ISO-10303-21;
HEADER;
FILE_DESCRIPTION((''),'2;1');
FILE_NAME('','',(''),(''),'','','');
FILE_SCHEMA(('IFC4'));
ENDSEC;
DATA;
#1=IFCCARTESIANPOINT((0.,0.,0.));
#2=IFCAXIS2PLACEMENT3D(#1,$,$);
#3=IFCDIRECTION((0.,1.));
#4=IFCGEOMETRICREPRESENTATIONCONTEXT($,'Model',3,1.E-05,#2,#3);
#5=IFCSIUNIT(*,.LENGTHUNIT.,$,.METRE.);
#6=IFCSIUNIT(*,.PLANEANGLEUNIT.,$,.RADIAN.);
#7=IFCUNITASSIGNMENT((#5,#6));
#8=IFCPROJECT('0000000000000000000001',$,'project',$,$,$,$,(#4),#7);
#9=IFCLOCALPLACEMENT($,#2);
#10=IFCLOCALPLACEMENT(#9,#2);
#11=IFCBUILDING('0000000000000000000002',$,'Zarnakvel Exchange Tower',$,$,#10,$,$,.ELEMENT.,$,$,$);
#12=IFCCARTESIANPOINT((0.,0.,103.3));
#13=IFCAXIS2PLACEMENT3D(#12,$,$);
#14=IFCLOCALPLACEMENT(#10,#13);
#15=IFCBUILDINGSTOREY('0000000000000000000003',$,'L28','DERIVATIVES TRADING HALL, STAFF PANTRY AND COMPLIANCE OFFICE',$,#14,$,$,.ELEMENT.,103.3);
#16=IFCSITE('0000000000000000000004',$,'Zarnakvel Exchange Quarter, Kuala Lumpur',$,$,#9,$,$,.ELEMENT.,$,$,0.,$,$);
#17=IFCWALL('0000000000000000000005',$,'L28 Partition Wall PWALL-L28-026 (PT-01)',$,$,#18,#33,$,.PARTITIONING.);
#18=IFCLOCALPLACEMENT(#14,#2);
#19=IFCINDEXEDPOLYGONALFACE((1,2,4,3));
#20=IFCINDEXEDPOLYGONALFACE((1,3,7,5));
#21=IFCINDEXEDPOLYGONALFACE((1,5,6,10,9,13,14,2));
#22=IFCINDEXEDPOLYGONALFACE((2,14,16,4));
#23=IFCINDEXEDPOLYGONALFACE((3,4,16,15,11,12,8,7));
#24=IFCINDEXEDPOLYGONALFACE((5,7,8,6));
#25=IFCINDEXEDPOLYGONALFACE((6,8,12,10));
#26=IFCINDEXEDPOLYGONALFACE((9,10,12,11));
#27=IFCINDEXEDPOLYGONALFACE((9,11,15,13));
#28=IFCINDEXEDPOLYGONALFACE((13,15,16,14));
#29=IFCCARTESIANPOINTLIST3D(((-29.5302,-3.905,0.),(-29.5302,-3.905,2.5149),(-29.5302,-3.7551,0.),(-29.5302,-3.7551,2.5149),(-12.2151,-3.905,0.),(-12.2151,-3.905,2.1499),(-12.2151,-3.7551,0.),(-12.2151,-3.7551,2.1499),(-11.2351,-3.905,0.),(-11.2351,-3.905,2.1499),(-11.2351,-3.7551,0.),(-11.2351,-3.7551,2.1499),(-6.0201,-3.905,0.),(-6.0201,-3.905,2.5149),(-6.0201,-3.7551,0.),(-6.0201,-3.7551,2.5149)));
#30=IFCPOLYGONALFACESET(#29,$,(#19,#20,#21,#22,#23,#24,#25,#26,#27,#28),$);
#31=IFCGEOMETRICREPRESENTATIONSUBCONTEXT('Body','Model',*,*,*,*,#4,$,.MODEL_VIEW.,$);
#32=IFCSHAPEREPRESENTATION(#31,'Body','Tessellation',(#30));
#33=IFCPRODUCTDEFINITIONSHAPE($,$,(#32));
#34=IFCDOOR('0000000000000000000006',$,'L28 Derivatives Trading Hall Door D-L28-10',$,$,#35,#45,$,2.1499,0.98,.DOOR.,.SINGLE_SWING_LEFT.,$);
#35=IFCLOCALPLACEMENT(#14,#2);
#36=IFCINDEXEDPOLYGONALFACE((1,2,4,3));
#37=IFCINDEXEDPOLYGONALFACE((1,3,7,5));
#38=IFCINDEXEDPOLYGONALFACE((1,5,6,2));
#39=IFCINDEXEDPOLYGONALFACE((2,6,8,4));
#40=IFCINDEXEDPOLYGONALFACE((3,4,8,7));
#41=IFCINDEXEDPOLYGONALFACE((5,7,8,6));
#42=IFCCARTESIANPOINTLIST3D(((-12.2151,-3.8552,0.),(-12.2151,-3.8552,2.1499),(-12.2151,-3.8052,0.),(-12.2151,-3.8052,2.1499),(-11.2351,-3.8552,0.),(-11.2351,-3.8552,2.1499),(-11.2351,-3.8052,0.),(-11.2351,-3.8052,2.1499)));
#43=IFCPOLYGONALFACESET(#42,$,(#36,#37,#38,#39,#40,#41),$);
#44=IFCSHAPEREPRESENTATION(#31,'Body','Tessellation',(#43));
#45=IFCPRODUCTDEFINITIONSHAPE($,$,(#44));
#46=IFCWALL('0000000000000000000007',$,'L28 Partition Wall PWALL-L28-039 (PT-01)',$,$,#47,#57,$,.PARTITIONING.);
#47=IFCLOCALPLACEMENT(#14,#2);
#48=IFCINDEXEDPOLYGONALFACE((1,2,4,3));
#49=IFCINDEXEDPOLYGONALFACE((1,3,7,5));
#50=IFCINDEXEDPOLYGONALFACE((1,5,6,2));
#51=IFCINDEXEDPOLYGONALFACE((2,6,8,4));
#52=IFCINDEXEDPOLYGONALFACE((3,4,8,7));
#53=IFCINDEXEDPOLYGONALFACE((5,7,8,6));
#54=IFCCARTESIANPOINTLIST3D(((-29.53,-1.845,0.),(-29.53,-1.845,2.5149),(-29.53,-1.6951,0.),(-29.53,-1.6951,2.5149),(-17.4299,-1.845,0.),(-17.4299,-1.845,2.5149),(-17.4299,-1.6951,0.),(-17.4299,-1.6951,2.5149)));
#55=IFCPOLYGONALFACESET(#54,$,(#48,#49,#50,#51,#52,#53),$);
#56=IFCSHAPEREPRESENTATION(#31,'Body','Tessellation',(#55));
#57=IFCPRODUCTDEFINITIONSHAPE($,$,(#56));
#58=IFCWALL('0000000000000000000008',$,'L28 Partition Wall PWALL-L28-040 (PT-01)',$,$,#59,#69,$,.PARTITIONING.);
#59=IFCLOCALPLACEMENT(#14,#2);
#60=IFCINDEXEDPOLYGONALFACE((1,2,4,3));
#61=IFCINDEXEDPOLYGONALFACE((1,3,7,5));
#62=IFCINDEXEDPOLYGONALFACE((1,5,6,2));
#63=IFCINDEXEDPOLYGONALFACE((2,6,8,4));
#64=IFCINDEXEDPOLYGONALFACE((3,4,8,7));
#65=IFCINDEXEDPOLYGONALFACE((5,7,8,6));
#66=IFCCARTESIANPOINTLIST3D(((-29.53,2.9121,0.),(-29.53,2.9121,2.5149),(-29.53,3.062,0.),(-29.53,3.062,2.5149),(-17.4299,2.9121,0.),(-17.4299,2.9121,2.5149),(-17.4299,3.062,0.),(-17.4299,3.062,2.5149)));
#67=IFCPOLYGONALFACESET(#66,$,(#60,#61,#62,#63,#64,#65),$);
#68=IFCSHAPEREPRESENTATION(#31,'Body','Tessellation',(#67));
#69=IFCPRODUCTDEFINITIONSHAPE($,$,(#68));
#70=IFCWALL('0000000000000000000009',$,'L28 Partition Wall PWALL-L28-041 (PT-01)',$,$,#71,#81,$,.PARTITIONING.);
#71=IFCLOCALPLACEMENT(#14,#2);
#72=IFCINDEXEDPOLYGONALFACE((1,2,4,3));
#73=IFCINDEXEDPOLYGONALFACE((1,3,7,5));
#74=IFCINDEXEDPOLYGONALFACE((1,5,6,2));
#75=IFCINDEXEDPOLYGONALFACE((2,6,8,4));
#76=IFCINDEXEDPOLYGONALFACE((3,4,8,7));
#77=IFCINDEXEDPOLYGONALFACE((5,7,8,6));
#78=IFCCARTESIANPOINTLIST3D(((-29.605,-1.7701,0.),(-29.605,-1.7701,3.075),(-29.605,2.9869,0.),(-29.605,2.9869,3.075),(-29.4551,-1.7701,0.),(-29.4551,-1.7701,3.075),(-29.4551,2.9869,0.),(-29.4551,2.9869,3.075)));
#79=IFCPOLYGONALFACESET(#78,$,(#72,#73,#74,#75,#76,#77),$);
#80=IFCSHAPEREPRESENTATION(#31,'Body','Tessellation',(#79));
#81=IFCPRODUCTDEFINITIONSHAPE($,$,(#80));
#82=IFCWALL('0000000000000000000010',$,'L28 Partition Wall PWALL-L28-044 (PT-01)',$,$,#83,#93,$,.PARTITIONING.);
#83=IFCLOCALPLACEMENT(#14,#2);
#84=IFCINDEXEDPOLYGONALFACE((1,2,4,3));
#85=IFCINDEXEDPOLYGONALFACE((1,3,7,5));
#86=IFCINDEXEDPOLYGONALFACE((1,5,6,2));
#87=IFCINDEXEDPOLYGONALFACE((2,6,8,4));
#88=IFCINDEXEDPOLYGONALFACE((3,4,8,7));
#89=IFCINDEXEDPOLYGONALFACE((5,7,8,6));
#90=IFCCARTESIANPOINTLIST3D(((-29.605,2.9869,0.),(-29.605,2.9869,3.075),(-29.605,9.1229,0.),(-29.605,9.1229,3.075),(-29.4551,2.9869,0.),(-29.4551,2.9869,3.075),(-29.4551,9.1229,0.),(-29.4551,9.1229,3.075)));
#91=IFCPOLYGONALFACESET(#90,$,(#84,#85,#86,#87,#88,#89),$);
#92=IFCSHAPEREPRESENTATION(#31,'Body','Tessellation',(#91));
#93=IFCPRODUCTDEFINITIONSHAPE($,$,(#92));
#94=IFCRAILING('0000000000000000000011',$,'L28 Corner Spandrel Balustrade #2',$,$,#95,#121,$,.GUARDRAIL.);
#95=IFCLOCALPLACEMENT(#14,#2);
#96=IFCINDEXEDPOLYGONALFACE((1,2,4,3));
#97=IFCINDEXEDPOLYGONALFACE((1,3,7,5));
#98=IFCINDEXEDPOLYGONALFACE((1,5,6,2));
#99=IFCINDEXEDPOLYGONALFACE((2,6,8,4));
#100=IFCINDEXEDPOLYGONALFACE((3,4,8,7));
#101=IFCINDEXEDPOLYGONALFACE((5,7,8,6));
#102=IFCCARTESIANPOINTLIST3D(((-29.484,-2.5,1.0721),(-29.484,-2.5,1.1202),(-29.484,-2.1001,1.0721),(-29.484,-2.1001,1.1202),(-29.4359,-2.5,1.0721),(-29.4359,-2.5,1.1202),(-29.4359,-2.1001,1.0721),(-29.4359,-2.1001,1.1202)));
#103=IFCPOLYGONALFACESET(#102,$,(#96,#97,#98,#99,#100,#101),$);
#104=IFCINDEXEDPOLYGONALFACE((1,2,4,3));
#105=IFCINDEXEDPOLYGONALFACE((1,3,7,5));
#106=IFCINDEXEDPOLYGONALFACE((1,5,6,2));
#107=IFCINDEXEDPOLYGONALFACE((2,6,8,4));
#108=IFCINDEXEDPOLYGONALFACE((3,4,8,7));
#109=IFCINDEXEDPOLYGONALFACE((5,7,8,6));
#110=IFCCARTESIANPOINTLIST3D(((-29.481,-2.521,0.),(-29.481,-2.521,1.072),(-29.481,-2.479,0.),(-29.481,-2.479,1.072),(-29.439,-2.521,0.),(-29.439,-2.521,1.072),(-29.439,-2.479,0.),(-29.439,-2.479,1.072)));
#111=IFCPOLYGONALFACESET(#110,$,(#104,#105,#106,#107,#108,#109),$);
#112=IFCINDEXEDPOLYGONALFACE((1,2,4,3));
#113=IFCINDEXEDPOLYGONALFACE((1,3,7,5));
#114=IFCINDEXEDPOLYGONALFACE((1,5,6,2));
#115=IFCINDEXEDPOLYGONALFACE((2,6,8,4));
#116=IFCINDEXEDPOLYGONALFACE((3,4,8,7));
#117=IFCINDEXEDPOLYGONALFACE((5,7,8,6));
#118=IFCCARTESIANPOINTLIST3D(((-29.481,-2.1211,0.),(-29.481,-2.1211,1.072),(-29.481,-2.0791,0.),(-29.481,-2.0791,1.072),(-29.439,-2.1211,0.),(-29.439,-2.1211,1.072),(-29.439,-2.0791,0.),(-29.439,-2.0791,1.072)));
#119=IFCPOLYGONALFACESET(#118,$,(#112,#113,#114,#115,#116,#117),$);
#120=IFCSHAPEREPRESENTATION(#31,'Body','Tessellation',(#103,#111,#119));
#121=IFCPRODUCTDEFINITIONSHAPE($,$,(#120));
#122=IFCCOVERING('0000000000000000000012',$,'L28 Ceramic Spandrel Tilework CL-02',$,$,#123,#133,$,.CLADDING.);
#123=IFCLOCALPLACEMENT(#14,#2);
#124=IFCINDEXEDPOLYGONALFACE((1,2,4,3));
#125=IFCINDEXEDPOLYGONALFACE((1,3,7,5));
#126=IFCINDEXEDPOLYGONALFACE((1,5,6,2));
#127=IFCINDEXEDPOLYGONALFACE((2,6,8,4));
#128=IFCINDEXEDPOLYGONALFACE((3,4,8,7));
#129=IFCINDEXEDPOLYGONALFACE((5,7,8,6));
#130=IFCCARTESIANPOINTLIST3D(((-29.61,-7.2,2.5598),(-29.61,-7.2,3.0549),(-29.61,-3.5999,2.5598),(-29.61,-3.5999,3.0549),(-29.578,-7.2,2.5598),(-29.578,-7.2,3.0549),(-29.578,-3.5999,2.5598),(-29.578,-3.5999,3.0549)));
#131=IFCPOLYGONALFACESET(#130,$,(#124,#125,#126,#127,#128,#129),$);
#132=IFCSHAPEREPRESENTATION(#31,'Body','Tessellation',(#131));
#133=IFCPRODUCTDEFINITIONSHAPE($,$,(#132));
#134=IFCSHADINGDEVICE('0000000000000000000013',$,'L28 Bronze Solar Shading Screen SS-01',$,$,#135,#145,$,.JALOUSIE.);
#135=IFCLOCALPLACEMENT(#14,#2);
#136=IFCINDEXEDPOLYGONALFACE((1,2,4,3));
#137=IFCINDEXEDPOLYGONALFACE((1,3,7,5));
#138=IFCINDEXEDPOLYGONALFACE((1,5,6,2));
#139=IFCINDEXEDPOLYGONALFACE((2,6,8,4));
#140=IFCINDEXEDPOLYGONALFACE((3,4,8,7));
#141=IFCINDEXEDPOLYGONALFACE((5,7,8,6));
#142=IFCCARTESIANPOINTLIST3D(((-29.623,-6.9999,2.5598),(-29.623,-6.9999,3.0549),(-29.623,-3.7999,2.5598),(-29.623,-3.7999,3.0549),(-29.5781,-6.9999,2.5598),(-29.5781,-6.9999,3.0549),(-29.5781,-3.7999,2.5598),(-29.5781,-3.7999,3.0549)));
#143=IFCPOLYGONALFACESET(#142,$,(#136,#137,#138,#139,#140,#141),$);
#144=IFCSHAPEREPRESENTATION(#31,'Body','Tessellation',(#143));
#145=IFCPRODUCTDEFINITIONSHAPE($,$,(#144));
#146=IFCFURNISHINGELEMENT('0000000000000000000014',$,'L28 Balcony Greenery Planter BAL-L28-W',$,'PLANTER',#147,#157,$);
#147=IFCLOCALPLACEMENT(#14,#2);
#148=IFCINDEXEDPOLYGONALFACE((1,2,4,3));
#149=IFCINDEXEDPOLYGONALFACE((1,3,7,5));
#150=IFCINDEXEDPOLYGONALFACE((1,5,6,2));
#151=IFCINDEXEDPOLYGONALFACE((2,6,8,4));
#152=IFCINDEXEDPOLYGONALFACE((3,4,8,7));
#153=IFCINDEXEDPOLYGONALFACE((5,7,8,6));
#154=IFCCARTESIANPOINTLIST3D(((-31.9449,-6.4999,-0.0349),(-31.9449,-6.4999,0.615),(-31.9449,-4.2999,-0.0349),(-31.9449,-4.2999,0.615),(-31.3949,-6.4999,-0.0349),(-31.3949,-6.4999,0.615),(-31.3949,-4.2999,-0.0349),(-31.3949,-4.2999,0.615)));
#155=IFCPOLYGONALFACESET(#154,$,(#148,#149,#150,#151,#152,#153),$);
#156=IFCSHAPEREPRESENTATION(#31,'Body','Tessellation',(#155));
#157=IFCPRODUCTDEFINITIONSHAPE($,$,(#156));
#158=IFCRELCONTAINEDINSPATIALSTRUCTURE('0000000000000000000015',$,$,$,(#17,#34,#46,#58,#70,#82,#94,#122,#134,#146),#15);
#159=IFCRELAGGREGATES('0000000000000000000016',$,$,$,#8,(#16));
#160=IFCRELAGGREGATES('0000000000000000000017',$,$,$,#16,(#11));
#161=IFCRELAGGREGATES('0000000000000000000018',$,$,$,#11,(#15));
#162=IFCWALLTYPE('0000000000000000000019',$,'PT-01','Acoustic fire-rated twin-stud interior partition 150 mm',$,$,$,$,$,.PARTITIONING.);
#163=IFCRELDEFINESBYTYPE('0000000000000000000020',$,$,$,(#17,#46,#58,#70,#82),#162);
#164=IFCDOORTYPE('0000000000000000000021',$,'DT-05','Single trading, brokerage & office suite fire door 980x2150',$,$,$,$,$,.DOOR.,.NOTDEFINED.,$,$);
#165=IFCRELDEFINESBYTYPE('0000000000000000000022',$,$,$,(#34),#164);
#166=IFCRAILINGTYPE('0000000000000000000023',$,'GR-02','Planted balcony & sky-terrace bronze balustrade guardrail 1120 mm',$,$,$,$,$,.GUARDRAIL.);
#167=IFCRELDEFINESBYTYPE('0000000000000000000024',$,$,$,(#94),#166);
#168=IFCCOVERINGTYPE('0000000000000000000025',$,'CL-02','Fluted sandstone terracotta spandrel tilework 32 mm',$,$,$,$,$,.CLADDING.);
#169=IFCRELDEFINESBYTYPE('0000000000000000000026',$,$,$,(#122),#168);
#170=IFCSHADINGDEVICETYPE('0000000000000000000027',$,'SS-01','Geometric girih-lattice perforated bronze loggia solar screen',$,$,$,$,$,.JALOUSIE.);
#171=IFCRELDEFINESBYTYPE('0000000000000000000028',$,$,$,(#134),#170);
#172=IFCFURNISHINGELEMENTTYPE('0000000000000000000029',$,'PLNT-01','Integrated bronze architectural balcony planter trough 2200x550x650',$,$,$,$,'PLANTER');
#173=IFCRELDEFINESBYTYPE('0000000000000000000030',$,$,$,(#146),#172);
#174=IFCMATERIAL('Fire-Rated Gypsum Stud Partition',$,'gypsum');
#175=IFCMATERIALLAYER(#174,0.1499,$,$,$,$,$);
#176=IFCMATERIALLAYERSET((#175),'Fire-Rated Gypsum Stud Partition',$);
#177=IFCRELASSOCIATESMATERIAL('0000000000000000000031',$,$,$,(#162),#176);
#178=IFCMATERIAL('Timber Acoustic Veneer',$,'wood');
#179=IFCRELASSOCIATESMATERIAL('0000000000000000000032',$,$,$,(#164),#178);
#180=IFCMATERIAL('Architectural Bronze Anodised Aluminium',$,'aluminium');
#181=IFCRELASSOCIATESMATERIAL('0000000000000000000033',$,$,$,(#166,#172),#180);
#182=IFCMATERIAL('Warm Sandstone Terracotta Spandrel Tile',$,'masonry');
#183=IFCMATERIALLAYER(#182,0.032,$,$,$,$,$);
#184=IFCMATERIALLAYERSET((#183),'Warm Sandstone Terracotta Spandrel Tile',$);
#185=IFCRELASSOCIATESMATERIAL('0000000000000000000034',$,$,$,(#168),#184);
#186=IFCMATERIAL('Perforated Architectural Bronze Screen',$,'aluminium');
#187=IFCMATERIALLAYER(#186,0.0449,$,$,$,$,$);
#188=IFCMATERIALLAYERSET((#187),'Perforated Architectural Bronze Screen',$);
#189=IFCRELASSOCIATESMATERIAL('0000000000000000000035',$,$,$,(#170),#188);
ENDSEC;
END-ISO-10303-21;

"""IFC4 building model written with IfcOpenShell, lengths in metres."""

from ifc_helpers import new_model, si_unit, direction, frame, frame_2d, origin, origin_2d, place, context, subcontext, project, spatial, rectangle, extrude, source, transform, mapped, material, layer, layer_set, type_object, element, fill, save


model = new_model("IFC4")

# Units and contexts
model_context = context("Model", 3, precision=1e-05, world=origin(), true_north=direction((0.0, 1.0)))
body_context = subcontext(model_context, "Body", "Model", "MODEL_VIEW")
ifc_project = project(units=[si_unit("LENGTHUNIT", "METRE"), si_unit("PLANEANGLEUNIT", "RADIAN")], contexts=[model_context])

# Site, building, storey
site_placement = place(None, origin())
site = spatial("IfcSite", under=ifc_project, at=site_placement, Name="Zarnakvel Exchange Quarter, Kuala Lumpur", CompositionType="ELEMENT", RefElevation=0.0)
building_placement = place(site_placement, origin())
building = spatial("IfcBuilding", under=site, at=building_placement, Name="Zarnakvel Exchange Tower", CompositionType="ELEMENT")
storey_placement = place(building_placement, frame((0.0, 0.0, 103.3)))
storey = spatial("IfcBuildingStorey", under=building, at=storey_placement, Name="L28", Description="DERIVATIVES TRADING HALL, STAFF PANTRY AND COMPLIANCE OFFICE", CompositionType="ELEMENT", Elevation=103.3)

# Shared definitions
ifc_material_1 = material(Name="Architectural Bronze Anodised Aluminium", Category="aluminium")

# Wall, opening, door
ifc_material_2 = material(Name="Fire-Rated Gypsum Stud Partition", Category="gypsum")
ifc_layer_1 = layer(ifc_material_2, 0.1499)
ifc_layer_set_1 = layer_set([ifc_layer_1], Name="Fire-Rated Gypsum Stud Partition")
wall_type_1 = type_object("IfcWallType", Name="PT-01", Description="Acoustic fire-rated twin-stud interior partition 150 mm", PredefinedType="PARTITIONING", material=ifc_layer_set_1)
wall_1_placement = place(storey_placement, frame((-29.53, -3.8301, 0.0), z_axis=(0.0, 0.0, 1.0), x_axis=(1.0, 0.0, 0.0)))
wall_1 = element("IfcWall", 1, at=wall_1_placement, inside=storey, type_object=wall_type_1, Name="L28 Partition Wall PWALL-L28-026 (PT-01)", PredefinedType="PARTITIONING", context=body_context, shape_type="SweptSolid", body=[
    extrude(rectangle(XDim=23.51, YDim=0.1499, at=frame_2d((11.7549, 0.0))), origin(), (0.0, 0.0, 1.0), 2.5149),
])
opening_1_placement = place(wall_1_placement, frame((17.3149, 0.0, 0.0)))
opening_1 = element("IfcOpeningElement", 2, at=opening_1_placement, cuts=wall_1, PredefinedType="OPENING", context=body_context, shape_type="SweptSolid", body=[
    extrude(rectangle(XDim=0.98, YDim=2.1499, at=frame_2d((0.49, 1.075))), frame((0.0, 0.085, 0.0), z_axis=(0.0, -1.0, 0.0), x_axis=(1.0, 0.0, 0.0)), (0.0, 0.0, 1.0), 0.1699),
])
ifc_material_3 = material(Name="Timber Acoustic Veneer", Category="wood")
door_type = type_object("IfcDoorType", Name="DT-05", Description="Single trading, brokerage & office suite fire door 980x2150", OperationType="NOTDEFINED", PredefinedType="DOOR", material=ifc_material_3)
shared_shape_1 = source(origin(), body_context, "Body", "SweptSolid", [
    extrude(rectangle(XDim=0.98, YDim=2.1499, at=frame_2d((0.49, 1.075))), frame((0.0, 0.0249, 0.0), z_axis=(0.0, -1.0, 0.0), x_axis=(1.0, 0.0, 0.0)), (0.0, 0.0, 1.0), 0.05),
])
door_1_placement = place(opening_1_placement, origin())
door_1 = element("IfcDoor", 3, at=door_1_placement, inside=storey, type_object=door_type, Name="L28 Derivatives Trading Hall Door D-L28-10", OperationType="SINGLE_SWING_LEFT", OverallHeight=2.1499, OverallWidth=0.98, PredefinedType="DOOR", context=body_context, shape_type="MappedRepresentation", body=[
    mapped(shared_shape_1, transform((0.0, 0.0, 0.0), x_axis=(1.0, 0.0, 0.0), y_axis=(0.0, 1.0, 0.0), z_axis=(0.0, 0.0, 1.0), scale=1.0)),
])
fill(opening_1, door_1)

# Walls
for number, where, z_axis, x_axis, name in (
    (4, (-17.4299, -1.77, 0.0), (0.0, 0.0, 1.0), (-1.0, 0.0, 0.0), "L28 Partition Wall PWALL-L28-039 (PT-01)"),
    (5, (-29.53, 2.9871, 0.0), (0.0, 0.0, 1.0), (1.0, 0.0, 0.0), "L28 Partition Wall PWALL-L28-040 (PT-01)"),
):
    element("IfcWall", number, at=place(storey_placement, frame(where, z_axis=z_axis, x_axis=x_axis)), inside=storey, type_object=wall_type_1, Name=name, PredefinedType="PARTITIONING", context=body_context, shape_type="SweptSolid", body=[
        extrude(rectangle(XDim=12.1001, YDim=0.1499, at=frame_2d((6.05, 0.0))), origin(), (0.0, 0.0, 1.0), 2.5149),
    ])
wall_2_placement = place(storey_placement, frame((-29.53, -1.77, 0.0), z_axis=(0.0, 0.0, 1.0), x_axis=(0.0, 1.0, 0.0)))
element("IfcWall", 6, at=wall_2_placement, inside=storey, type_object=wall_type_1, Name="L28 Partition Wall PWALL-L28-041 (PT-01)", PredefinedType="PARTITIONING", context=body_context, shape_type="SweptSolid", body=[
    extrude(rectangle(XDim=4.7571, YDim=0.1499, at=frame_2d((2.3784, 0.0))), origin(), (0.0, 0.0, 1.0), 3.075),
])

# Wall
wall_3_placement = place(storey_placement, frame((-29.53, 2.9871, 0.0), z_axis=(0.0, 0.0, 1.0), x_axis=(0.0, 1.0, 0.0)))
element("IfcWall", 7, at=wall_3_placement, inside=storey, type_object=wall_type_1, Name="L28 Partition Wall PWALL-L28-044 (PT-01)", PredefinedType="PARTITIONING", context=body_context, shape_type="SweptSolid", body=[
    extrude(rectangle(XDim=6.136, YDim=0.1499, at=frame_2d((3.0679, 0.0))), origin(), (0.0, 0.0, 1.0), 3.075),
])

# Railing
railing_type = type_object("IfcRailingType", Name="GR-02", Description="Planted balcony & sky-terrace bronze balustrade guardrail 1120 mm", PredefinedType="GUARDRAIL", material=ifc_material_1)
railing_placement = place(storey_placement, frame((-29.46, -2.5, 0.0)))
element("IfcRailing", 8, at=railing_placement, inside=storey, type_object=railing_type, Name="L28 Corner Spandrel Balustrade #2", PredefinedType="GUARDRAIL", context=body_context, shape_type="SweptSolid", body=[
    extrude(rectangle(XDim=0.0481, YDim=0.0481, at=origin_2d()), frame((0.0, 0.0, 1.0962), z_axis=(0.0, 1.0, 0.0), x_axis=(-1.0, 0.0, 0.0)), (0.0, 0.0, 1.0), 0.3999),
    extrude(rectangle(XDim=0.042, YDim=0.042, at=origin_2d()), origin(), (0.0, 0.0, 1.0), 1.072),
    extrude(rectangle(XDim=0.042, YDim=0.042, at=origin_2d()), frame((0.0, 0.3999, 0.0)), (0.0, 0.0, 1.0), 1.072),
])

# Covering
ifc_material_4 = material(Name="Warm Sandstone Terracotta Spandrel Tile", Category="masonry")
ifc_layer_2 = layer(ifc_material_4, 0.032)
ifc_layer_set_2 = layer_set([ifc_layer_2], Name="Warm Sandstone Terracotta Spandrel Tile")
covering_type = type_object("IfcCoveringType", Name="CL-02", Description="Fluted sandstone terracotta spandrel tilework 32 mm", PredefinedType="CLADDING", material=ifc_layer_set_2)
shared_shape_2 = source(origin(), body_context, "Body", "SweptSolid", [
    extrude(rectangle(XDim=3.6001, YDim=0.032, at=origin_2d()), origin(), (0.0, 0.0, 1.0), 0.4951),
])
covering_placement = place(storey_placement, frame((-29.594, -5.3999, 2.5598), z_axis=(0.0, 0.0, 1.0), x_axis=(0.0, 1.0, 0.0)))
element("IfcCovering", 9, at=covering_placement, inside=storey, type_object=covering_type, Name="L28 Ceramic Spandrel Tilework CL-02", PredefinedType="CLADDING", context=body_context, shape_type="MappedRepresentation", body=[
    mapped(shared_shape_2, transform((0.0, 0.0, 0.0), x_axis=(1.0, 0.0, 0.0), y_axis=(0.0, 1.0, 0.0), z_axis=(0.0, 0.0, 1.0), scale=1.0)),
])

# Shading device
ifc_material_5 = material(Name="Perforated Architectural Bronze Screen", Category="aluminium")
ifc_layer_3 = layer(ifc_material_5, 0.0449)
ifc_layer_set_3 = layer_set([ifc_layer_3], Name="Perforated Architectural Bronze Screen")
shading_device_type = type_object("IfcShadingDeviceType", Name="SS-01", Description="Geometric girih-lattice perforated bronze loggia solar screen", PredefinedType="JALOUSIE", material=ifc_layer_set_3)
shared_shape_3 = source(origin(), body_context, "Body", "SweptSolid", [
    extrude(rectangle(XDim=3.2, YDim=0.0449, at=origin_2d()), origin(), (0.0, 0.0, 1.0), 0.4951),
])
shading_device_placement = place(storey_placement, frame((-29.6006, -5.3999, 2.5598), z_axis=(0.0, 0.0, 1.0), x_axis=(0.0, 1.0, 0.0)))
element("IfcShadingDevice", 10, at=shading_device_placement, inside=storey, type_object=shading_device_type, Name="L28 Bronze Solar Shading Screen SS-01", PredefinedType="JALOUSIE", context=body_context, shape_type="MappedRepresentation", body=[
    mapped(shared_shape_3, transform((0.0, 0.0, 0.0), x_axis=(1.0, 0.0, 0.0), y_axis=(0.0, 1.0, 0.0), z_axis=(0.0, 0.0, 1.0), scale=1.0)),
])

# Furnishing element
furnishing_element_type = type_object("IfcFurnishingElementType", Name="PLNT-01", Description="Integrated bronze architectural balcony planter trough 2200x550x650", ElementType="PLANTER", material=ifc_material_1)
shared_shape_4 = source(origin(), body_context, "Body", "SweptSolid", [
    extrude(rectangle(XDim=2.2, YDim=0.55, at=origin_2d()), origin(), (0.0, 0.0, 1.0), 0.6499),
])
furnishing_placement = place(storey_placement, frame((-31.6699, -5.3999, -0.0349), z_axis=(0.0, 0.0, 1.0), x_axis=(0.0, 1.0, 0.0)))
element("IfcFurnishingElement", 11, at=furnishing_placement, inside=storey, type_object=furnishing_element_type, Name="L28 Balcony Greenery Planter BAL-L28-W", ObjectType="PLANTER", context=body_context, shape_type="MappedRepresentation", body=[
    mapped(shared_shape_4, transform((0.0, 0.0, 0.0), x_axis=(1.0, 0.0, 0.0), y_axis=(0.0, 1.0, 0.0), z_axis=(0.0, 0.0, 1.0), scale=1.0)),
])

save(model, "model.ifc")
